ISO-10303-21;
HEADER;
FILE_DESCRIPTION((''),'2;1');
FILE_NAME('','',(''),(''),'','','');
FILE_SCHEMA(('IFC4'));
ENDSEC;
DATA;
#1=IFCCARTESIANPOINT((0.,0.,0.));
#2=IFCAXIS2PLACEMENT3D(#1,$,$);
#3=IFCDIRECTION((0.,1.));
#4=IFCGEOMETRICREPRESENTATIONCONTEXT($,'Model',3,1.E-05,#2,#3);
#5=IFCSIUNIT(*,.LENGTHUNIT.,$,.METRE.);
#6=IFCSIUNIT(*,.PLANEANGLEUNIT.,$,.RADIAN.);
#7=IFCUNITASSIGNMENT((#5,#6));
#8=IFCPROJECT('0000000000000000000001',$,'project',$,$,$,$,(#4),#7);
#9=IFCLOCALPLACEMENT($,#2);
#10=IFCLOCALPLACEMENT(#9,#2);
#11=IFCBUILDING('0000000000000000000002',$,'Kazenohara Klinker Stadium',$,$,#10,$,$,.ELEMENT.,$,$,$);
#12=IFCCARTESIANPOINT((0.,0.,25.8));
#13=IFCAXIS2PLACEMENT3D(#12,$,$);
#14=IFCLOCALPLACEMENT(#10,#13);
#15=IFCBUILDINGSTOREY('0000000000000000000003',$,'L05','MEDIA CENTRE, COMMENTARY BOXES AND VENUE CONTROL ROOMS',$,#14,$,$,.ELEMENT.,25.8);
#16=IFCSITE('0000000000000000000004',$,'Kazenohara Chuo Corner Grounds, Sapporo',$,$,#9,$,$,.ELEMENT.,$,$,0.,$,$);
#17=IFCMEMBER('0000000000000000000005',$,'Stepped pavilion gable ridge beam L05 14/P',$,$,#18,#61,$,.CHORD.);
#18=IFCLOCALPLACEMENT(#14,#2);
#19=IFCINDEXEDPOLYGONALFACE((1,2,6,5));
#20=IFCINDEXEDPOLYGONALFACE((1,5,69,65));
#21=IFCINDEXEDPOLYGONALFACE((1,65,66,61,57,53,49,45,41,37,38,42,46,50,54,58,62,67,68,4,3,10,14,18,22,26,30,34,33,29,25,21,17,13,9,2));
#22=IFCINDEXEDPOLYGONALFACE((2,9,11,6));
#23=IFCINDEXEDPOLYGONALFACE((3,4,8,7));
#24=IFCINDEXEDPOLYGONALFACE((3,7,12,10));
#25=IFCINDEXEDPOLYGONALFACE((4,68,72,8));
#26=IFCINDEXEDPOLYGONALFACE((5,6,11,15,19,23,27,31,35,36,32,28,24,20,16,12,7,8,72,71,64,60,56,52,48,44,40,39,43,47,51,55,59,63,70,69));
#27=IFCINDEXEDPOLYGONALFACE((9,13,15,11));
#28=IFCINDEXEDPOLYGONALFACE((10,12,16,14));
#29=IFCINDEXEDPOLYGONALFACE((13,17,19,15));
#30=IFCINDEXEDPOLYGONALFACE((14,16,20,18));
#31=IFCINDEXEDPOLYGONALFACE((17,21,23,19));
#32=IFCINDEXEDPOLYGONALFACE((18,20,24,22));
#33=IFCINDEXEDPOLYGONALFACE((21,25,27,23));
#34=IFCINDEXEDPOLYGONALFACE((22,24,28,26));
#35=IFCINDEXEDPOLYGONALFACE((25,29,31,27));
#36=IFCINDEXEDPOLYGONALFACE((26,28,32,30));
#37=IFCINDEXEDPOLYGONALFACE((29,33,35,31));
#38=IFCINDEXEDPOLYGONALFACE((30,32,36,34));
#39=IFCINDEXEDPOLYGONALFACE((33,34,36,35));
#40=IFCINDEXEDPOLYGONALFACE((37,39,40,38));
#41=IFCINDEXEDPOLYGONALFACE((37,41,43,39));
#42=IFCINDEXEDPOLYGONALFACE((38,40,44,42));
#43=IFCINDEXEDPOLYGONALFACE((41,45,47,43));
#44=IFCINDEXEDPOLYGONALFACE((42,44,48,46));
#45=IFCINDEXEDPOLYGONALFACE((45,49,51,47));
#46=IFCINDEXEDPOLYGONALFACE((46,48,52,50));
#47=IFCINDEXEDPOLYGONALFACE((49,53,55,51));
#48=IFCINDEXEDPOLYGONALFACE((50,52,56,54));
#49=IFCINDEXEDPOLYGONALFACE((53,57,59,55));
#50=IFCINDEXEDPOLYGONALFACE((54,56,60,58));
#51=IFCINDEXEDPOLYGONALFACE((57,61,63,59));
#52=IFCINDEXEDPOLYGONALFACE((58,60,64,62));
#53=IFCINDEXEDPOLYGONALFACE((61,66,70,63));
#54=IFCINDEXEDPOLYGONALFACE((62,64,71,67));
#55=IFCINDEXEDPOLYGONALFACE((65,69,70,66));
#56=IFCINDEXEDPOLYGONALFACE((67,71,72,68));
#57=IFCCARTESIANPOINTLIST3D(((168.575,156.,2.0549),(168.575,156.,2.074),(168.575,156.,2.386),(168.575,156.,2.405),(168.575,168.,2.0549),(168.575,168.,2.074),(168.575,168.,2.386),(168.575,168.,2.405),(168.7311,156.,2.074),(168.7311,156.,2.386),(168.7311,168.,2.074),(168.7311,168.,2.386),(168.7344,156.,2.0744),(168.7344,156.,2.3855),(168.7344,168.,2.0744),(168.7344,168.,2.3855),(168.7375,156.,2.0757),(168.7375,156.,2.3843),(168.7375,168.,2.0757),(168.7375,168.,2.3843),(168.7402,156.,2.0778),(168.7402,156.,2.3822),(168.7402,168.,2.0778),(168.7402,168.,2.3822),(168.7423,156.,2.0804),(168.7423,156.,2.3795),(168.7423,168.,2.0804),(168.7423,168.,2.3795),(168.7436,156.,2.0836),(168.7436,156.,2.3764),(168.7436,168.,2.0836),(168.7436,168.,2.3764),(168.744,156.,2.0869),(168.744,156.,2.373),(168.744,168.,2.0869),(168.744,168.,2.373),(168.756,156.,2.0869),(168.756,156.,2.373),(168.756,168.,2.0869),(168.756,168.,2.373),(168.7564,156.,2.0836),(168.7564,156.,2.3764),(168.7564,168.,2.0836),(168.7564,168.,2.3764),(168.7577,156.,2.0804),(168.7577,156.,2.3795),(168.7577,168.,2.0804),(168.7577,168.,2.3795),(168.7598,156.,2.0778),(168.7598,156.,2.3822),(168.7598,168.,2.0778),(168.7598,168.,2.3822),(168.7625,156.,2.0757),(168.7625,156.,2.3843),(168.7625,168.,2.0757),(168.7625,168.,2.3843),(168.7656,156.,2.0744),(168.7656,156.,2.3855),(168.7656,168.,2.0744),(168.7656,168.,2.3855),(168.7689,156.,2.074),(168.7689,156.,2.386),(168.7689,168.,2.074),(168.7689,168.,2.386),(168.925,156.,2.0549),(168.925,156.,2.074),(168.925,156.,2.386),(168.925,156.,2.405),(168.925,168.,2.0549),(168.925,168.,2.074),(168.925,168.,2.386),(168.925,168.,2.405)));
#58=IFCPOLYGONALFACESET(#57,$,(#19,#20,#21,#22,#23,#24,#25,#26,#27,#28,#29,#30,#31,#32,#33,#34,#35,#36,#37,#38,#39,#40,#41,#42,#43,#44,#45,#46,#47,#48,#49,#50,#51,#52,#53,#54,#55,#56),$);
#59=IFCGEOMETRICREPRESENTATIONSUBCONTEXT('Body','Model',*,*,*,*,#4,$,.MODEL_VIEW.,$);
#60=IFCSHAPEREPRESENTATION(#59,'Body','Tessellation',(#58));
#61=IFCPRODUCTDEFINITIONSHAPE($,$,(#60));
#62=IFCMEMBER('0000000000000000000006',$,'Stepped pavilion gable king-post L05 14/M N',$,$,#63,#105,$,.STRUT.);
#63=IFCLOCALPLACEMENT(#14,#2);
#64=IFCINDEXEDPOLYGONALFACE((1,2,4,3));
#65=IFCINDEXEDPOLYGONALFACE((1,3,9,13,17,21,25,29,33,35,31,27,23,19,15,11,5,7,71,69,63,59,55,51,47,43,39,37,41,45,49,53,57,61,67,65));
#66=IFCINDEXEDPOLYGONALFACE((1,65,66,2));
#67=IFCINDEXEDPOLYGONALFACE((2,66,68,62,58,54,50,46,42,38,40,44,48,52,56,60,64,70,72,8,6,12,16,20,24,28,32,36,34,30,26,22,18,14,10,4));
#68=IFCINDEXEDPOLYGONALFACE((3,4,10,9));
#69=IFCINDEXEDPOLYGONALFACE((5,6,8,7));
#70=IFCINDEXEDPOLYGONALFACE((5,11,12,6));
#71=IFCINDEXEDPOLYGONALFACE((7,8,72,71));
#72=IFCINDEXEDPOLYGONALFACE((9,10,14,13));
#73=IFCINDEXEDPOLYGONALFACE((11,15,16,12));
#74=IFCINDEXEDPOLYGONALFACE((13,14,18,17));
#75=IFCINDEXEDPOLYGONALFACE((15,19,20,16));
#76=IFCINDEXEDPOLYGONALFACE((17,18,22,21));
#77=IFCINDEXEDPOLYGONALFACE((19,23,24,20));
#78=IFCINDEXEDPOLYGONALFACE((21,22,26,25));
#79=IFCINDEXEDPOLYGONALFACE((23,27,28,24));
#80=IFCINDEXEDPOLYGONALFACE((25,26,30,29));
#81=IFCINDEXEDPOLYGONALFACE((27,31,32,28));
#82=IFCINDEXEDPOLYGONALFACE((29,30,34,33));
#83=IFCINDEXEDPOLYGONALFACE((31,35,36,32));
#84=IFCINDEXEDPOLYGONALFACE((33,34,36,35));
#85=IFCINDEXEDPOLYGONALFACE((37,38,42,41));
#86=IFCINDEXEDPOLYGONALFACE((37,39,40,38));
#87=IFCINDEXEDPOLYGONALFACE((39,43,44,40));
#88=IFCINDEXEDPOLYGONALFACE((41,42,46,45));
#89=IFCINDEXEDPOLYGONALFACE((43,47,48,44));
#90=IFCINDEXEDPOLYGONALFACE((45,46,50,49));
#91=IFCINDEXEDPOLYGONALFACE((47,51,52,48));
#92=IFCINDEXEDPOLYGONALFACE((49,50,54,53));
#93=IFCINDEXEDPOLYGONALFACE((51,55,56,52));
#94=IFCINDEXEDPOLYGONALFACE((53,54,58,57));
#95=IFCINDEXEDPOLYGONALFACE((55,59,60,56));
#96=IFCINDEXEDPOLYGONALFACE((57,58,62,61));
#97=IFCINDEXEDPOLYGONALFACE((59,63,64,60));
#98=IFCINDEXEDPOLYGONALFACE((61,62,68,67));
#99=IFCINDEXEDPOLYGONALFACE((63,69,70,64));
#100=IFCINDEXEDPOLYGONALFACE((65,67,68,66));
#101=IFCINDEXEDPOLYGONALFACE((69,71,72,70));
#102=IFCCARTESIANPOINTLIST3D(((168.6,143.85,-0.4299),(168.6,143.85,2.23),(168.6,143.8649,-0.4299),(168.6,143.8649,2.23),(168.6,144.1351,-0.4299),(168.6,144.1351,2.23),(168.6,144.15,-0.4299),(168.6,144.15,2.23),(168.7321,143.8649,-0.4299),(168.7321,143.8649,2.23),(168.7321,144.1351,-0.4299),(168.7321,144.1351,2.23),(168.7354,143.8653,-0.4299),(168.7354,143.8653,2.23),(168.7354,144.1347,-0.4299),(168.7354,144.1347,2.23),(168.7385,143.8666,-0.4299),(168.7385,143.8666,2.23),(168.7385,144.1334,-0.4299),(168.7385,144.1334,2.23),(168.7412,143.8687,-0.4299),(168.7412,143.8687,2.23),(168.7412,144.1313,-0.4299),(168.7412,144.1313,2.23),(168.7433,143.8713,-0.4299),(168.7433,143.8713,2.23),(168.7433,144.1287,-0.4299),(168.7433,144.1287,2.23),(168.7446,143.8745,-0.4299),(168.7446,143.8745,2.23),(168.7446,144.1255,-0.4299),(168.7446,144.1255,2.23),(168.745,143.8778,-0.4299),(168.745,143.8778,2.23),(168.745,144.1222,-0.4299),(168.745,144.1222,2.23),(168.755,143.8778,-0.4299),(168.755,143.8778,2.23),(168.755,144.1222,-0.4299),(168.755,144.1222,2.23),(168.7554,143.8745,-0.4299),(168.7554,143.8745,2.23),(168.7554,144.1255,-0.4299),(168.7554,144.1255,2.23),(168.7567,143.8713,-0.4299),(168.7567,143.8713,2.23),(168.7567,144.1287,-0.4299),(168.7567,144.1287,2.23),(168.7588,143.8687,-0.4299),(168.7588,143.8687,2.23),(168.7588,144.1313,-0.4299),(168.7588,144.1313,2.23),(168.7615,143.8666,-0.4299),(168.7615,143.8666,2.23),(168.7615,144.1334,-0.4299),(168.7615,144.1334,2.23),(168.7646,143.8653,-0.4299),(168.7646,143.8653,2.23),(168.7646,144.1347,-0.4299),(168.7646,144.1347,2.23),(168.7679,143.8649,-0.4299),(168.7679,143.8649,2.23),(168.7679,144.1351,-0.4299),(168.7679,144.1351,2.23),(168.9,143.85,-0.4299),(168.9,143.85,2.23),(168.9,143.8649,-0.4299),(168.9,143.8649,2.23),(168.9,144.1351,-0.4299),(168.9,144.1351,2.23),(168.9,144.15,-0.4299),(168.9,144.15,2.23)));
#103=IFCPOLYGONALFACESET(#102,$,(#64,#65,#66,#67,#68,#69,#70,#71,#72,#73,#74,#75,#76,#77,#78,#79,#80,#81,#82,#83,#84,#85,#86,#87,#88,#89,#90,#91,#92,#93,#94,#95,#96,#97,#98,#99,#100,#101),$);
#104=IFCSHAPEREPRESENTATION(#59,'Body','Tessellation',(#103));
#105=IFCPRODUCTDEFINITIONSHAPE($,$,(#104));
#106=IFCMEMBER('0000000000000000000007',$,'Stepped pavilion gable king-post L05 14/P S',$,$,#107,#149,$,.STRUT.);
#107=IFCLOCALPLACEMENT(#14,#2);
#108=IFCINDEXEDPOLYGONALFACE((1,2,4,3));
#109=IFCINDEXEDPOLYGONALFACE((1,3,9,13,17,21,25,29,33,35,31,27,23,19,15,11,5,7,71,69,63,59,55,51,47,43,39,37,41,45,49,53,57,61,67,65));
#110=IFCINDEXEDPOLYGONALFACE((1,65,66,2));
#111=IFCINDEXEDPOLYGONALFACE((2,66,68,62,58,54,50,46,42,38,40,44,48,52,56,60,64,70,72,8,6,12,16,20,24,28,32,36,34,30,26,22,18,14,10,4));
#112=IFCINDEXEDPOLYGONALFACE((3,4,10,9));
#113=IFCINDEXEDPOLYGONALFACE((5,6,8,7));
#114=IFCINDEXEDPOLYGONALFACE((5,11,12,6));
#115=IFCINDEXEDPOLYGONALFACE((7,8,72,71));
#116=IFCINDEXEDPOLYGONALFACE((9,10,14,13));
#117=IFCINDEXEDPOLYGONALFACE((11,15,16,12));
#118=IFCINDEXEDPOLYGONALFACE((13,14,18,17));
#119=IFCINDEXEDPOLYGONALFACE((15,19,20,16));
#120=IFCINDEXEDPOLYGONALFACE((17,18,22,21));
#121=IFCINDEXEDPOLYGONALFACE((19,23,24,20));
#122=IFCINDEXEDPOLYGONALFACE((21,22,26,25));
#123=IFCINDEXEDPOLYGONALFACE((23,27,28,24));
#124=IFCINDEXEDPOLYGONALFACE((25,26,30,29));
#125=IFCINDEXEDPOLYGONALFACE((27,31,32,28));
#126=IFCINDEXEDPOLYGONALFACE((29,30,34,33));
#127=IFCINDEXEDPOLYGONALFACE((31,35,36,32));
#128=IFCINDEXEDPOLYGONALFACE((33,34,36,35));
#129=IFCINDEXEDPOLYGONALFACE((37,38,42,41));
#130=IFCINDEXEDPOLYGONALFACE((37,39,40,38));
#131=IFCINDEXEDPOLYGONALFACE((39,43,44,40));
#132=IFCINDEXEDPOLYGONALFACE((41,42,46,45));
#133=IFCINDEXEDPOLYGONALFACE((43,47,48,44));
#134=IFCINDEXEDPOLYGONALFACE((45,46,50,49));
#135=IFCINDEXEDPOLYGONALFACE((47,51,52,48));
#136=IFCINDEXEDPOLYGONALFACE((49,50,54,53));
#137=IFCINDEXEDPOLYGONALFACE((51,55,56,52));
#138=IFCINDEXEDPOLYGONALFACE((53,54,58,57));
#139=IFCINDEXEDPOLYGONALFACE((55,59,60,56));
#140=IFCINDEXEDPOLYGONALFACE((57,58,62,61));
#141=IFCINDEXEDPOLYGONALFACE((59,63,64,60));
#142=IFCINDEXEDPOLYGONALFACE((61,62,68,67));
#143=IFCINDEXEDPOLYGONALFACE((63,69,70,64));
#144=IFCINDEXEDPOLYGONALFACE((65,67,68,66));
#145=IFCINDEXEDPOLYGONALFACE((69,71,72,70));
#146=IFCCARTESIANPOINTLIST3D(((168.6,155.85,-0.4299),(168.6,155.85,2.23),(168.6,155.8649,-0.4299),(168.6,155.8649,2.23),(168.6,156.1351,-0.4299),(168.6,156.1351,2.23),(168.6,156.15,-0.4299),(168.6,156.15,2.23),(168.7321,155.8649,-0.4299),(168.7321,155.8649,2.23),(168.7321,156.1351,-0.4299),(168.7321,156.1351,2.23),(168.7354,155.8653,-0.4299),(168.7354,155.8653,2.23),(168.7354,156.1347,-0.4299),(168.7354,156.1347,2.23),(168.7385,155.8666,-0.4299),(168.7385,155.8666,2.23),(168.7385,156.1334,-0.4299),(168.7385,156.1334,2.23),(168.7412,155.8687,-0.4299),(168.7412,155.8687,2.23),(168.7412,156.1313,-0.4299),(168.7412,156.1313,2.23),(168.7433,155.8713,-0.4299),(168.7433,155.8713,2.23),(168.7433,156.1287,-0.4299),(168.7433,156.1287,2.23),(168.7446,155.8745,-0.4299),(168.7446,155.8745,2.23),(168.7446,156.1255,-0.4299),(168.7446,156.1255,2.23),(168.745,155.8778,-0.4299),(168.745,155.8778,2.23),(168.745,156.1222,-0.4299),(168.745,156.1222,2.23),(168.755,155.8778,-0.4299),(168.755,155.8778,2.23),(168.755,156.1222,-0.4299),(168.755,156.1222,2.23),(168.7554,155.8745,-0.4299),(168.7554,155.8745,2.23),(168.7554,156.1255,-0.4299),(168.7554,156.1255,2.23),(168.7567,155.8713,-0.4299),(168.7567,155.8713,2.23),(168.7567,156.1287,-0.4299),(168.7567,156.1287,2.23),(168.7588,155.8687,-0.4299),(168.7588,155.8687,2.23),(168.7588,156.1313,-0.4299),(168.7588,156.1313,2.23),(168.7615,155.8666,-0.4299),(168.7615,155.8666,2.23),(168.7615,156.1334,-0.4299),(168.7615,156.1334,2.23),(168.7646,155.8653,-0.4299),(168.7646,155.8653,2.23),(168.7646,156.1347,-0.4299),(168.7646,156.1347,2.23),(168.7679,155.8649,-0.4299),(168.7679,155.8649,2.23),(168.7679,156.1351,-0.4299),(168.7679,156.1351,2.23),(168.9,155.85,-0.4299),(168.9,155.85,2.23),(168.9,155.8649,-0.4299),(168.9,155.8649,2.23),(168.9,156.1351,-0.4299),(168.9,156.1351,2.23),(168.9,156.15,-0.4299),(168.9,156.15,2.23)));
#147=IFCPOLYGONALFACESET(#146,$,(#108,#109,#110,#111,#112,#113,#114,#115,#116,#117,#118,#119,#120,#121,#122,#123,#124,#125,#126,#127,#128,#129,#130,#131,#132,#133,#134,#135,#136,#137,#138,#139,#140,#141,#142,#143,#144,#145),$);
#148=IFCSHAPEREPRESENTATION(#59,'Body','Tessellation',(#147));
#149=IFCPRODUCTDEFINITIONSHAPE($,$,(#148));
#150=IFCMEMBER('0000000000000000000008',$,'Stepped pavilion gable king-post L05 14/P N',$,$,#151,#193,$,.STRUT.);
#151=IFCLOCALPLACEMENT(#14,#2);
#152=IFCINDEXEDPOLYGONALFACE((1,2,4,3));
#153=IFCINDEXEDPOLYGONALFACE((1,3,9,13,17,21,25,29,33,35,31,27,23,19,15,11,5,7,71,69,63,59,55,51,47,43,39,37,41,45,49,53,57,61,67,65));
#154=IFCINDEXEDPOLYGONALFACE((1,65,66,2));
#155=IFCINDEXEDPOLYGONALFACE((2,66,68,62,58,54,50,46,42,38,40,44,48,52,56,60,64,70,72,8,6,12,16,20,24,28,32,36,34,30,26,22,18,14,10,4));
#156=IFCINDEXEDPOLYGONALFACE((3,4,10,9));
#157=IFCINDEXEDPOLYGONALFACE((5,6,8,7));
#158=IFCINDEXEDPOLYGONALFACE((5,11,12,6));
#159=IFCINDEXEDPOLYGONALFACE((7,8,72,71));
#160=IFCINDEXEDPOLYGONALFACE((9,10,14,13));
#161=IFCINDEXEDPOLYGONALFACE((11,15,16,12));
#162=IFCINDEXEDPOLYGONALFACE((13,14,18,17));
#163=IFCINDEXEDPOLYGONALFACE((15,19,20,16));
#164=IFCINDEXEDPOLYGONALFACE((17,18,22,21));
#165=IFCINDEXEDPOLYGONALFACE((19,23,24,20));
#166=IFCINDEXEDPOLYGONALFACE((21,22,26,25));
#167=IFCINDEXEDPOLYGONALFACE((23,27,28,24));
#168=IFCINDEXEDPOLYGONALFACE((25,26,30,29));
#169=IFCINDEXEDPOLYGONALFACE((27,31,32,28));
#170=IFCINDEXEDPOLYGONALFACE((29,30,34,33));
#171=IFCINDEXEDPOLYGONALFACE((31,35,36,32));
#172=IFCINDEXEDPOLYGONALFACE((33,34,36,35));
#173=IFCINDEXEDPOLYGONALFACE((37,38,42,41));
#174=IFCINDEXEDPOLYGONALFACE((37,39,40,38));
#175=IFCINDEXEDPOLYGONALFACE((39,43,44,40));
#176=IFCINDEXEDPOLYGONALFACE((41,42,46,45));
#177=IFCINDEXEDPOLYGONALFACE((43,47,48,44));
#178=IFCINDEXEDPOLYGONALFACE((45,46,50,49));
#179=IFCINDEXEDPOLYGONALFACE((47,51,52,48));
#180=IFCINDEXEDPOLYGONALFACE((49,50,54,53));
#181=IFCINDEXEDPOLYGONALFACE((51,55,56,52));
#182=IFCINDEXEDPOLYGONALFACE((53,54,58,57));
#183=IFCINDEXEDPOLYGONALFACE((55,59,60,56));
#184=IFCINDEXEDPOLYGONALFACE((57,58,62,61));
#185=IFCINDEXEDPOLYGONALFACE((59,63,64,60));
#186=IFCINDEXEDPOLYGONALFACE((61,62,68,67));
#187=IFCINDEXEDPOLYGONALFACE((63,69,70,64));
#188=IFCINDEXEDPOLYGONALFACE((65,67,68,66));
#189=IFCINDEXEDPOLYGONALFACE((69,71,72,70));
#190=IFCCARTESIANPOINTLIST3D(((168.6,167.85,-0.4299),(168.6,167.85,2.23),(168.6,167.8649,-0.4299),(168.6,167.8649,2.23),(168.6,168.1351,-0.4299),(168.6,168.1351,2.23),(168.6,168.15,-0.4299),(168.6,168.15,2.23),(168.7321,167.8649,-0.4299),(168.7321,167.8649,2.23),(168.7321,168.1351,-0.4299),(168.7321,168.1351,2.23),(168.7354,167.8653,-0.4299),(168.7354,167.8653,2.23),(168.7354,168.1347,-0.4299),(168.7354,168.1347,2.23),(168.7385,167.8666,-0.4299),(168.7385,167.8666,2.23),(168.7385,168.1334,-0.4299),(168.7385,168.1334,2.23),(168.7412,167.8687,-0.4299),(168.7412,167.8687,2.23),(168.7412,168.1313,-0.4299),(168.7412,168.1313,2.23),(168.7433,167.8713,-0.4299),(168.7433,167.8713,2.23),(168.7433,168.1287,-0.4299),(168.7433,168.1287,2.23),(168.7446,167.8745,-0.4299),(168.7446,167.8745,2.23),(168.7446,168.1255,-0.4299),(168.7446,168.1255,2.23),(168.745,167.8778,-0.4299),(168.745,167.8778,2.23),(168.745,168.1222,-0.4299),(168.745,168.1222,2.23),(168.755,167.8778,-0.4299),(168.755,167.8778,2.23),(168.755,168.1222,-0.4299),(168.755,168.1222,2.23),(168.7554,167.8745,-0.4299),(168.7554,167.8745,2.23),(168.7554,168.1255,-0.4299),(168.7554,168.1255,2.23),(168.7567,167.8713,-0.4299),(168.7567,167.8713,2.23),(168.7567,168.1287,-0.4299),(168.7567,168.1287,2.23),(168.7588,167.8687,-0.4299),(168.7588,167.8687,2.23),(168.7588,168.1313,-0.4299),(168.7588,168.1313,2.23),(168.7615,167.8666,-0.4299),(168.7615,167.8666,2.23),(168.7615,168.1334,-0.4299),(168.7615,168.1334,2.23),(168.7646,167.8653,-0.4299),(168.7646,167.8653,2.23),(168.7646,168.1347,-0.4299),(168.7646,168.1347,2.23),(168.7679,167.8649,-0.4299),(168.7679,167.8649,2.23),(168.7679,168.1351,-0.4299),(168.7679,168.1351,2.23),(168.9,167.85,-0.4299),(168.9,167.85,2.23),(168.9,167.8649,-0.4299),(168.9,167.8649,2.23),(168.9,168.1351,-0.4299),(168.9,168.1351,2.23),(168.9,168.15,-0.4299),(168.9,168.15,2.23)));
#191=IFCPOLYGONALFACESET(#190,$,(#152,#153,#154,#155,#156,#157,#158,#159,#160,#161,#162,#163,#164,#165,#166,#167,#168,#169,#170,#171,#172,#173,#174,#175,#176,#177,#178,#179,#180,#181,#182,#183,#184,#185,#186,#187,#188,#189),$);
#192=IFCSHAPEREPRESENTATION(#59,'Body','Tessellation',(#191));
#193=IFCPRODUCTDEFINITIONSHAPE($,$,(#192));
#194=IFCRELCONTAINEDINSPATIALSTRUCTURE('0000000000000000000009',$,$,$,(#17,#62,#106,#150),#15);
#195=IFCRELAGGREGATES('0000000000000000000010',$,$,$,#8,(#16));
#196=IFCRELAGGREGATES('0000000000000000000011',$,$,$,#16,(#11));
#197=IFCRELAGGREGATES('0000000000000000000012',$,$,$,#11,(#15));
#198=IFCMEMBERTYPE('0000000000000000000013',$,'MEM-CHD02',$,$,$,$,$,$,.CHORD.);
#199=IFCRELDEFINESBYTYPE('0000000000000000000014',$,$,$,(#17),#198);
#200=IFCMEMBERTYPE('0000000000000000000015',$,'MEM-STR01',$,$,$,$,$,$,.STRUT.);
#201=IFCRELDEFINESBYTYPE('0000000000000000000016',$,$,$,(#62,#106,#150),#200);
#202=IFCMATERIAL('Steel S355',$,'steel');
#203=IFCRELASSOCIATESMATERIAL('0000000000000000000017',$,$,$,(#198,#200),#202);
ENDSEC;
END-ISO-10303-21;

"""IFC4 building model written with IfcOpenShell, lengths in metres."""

from ifc_helpers import new_model, si_unit, direction, frame, origin, origin_2d, place, context, subcontext, project, spatial, i_section, extrude, material, material_profile, profile_set, type_object, element, save


model = new_model("IFC4")

# Units and contexts
model_context = context("Model", 3, precision=1e-05, world=origin(), true_north=direction((0.0, 1.0)))
body_context = subcontext(model_context, "Body", "Model", "MODEL_VIEW")
ifc_project = project(units=[si_unit("LENGTHUNIT", "METRE"), si_unit("PLANEANGLEUNIT", "RADIAN")], contexts=[model_context])

# Site, building, storey
site_placement = place(None, origin())
site = spatial("IfcSite", under=ifc_project, at=site_placement, Name="Kazenohara Chuo Corner Grounds, Sapporo", CompositionType="ELEMENT", RefElevation=0.0)
building_placement = place(site_placement, origin())
building = spatial("IfcBuilding", under=site, at=building_placement, Name="Kazenohara Klinker Stadium", CompositionType="ELEMENT")
storey_placement = place(building_placement, frame((0.0, 0.0, 25.8)))
storey = spatial("IfcBuildingStorey", under=building, at=storey_placement, Name="L05", Description="MEDIA CENTRE, COMMENTARY BOXES AND VENUE CONTROL ROOMS", CompositionType="ELEMENT", Elevation=25.8)

# Shared definitions
ifc_material_1 = material(Name="Steel S355", Category="steel")

# Members
ifc_material_profile_1 = material_profile(ifc_material_1, i_section(OverallWidth=0.3501, OverallDepth=0.3501, WebThickness=0.012, FlangeThickness=0.019, FilletRadius=0.0129, at=origin_2d()), Name="H-350x350x12x19")
ifc_profile_set_1 = profile_set([ifc_material_profile_1], Name="Steel S355")
member_type_1 = type_object("IfcMemberType", Name="MEM-CHD02", PredefinedType="CHORD", material=ifc_profile_set_1)
for number, where, z_axis, x_axis, name in (
    (1, (168.75, 156.0, 2.23), (0.0, 1.0, 0.0), (-1.0, 0.0, 0.0), "Stepped pavilion gable ridge beam L05 14/P"),
):
    element("IfcMember", number, at=place(storey_placement, frame(where, z_axis=z_axis, x_axis=x_axis)), inside=storey, type_object=member_type_1, Name=name, PredefinedType="CHORD", context=body_context, shape_type="SweptSolid", body=[
        extrude(i_section(OverallWidth=0.3501, OverallDepth=0.3501, WebThickness=0.012, FlangeThickness=0.019, FilletRadius=0.0129, at=origin_2d()), origin(), (0.0, 0.0, 1.0), 12.0),
    ])
ifc_material_profile_2 = material_profile(ifc_material_1, i_section(OverallWidth=0.3, OverallDepth=0.3, WebThickness=0.01, FlangeThickness=0.0149, FilletRadius=0.0129, at=origin_2d()), Name="H-300x300x10x15")
ifc_profile_set_2 = profile_set([ifc_material_profile_2], Name="Steel S355")
member_type_2 = type_object("IfcMemberType", Name="MEM-STR01", PredefinedType="STRUT", material=ifc_profile_set_2)
for number, where, z_axis, x_axis, name in (
    (2, (168.75, 144.0, -0.4299), (0.0, 0.0, 1.0), (1.0, 0.0, 0.0), "Stepped pavilion gable king-post L05 14/M N"),
    (3, (168.75, 156.0, -0.4299), (0.0, 0.0, 1.0), (1.0, 0.0, 0.0), "Stepped pavilion gable king-post L05 14/P S"),
    (4, (168.75, 168.0, -0.4299), (0.0, 0.0, 1.0), (1.0, 0.0, 0.0), "Stepped pavilion gable king-post L05 14/P N"),
):
    element("IfcMember", number, at=place(storey_placement, frame(where, z_axis=z_axis, x_axis=x_axis)), inside=storey, type_object=member_type_2, Name=name, PredefinedType="STRUT", context=body_context, shape_type="SweptSolid", body=[
        extrude(i_section(OverallWidth=0.3, OverallDepth=0.3, WebThickness=0.01, FlangeThickness=0.0149, FilletRadius=0.0129, at=origin_2d()), origin(), (0.0, 0.0, 1.0), 2.6599),
    ])

save(model, "model.ifc")
